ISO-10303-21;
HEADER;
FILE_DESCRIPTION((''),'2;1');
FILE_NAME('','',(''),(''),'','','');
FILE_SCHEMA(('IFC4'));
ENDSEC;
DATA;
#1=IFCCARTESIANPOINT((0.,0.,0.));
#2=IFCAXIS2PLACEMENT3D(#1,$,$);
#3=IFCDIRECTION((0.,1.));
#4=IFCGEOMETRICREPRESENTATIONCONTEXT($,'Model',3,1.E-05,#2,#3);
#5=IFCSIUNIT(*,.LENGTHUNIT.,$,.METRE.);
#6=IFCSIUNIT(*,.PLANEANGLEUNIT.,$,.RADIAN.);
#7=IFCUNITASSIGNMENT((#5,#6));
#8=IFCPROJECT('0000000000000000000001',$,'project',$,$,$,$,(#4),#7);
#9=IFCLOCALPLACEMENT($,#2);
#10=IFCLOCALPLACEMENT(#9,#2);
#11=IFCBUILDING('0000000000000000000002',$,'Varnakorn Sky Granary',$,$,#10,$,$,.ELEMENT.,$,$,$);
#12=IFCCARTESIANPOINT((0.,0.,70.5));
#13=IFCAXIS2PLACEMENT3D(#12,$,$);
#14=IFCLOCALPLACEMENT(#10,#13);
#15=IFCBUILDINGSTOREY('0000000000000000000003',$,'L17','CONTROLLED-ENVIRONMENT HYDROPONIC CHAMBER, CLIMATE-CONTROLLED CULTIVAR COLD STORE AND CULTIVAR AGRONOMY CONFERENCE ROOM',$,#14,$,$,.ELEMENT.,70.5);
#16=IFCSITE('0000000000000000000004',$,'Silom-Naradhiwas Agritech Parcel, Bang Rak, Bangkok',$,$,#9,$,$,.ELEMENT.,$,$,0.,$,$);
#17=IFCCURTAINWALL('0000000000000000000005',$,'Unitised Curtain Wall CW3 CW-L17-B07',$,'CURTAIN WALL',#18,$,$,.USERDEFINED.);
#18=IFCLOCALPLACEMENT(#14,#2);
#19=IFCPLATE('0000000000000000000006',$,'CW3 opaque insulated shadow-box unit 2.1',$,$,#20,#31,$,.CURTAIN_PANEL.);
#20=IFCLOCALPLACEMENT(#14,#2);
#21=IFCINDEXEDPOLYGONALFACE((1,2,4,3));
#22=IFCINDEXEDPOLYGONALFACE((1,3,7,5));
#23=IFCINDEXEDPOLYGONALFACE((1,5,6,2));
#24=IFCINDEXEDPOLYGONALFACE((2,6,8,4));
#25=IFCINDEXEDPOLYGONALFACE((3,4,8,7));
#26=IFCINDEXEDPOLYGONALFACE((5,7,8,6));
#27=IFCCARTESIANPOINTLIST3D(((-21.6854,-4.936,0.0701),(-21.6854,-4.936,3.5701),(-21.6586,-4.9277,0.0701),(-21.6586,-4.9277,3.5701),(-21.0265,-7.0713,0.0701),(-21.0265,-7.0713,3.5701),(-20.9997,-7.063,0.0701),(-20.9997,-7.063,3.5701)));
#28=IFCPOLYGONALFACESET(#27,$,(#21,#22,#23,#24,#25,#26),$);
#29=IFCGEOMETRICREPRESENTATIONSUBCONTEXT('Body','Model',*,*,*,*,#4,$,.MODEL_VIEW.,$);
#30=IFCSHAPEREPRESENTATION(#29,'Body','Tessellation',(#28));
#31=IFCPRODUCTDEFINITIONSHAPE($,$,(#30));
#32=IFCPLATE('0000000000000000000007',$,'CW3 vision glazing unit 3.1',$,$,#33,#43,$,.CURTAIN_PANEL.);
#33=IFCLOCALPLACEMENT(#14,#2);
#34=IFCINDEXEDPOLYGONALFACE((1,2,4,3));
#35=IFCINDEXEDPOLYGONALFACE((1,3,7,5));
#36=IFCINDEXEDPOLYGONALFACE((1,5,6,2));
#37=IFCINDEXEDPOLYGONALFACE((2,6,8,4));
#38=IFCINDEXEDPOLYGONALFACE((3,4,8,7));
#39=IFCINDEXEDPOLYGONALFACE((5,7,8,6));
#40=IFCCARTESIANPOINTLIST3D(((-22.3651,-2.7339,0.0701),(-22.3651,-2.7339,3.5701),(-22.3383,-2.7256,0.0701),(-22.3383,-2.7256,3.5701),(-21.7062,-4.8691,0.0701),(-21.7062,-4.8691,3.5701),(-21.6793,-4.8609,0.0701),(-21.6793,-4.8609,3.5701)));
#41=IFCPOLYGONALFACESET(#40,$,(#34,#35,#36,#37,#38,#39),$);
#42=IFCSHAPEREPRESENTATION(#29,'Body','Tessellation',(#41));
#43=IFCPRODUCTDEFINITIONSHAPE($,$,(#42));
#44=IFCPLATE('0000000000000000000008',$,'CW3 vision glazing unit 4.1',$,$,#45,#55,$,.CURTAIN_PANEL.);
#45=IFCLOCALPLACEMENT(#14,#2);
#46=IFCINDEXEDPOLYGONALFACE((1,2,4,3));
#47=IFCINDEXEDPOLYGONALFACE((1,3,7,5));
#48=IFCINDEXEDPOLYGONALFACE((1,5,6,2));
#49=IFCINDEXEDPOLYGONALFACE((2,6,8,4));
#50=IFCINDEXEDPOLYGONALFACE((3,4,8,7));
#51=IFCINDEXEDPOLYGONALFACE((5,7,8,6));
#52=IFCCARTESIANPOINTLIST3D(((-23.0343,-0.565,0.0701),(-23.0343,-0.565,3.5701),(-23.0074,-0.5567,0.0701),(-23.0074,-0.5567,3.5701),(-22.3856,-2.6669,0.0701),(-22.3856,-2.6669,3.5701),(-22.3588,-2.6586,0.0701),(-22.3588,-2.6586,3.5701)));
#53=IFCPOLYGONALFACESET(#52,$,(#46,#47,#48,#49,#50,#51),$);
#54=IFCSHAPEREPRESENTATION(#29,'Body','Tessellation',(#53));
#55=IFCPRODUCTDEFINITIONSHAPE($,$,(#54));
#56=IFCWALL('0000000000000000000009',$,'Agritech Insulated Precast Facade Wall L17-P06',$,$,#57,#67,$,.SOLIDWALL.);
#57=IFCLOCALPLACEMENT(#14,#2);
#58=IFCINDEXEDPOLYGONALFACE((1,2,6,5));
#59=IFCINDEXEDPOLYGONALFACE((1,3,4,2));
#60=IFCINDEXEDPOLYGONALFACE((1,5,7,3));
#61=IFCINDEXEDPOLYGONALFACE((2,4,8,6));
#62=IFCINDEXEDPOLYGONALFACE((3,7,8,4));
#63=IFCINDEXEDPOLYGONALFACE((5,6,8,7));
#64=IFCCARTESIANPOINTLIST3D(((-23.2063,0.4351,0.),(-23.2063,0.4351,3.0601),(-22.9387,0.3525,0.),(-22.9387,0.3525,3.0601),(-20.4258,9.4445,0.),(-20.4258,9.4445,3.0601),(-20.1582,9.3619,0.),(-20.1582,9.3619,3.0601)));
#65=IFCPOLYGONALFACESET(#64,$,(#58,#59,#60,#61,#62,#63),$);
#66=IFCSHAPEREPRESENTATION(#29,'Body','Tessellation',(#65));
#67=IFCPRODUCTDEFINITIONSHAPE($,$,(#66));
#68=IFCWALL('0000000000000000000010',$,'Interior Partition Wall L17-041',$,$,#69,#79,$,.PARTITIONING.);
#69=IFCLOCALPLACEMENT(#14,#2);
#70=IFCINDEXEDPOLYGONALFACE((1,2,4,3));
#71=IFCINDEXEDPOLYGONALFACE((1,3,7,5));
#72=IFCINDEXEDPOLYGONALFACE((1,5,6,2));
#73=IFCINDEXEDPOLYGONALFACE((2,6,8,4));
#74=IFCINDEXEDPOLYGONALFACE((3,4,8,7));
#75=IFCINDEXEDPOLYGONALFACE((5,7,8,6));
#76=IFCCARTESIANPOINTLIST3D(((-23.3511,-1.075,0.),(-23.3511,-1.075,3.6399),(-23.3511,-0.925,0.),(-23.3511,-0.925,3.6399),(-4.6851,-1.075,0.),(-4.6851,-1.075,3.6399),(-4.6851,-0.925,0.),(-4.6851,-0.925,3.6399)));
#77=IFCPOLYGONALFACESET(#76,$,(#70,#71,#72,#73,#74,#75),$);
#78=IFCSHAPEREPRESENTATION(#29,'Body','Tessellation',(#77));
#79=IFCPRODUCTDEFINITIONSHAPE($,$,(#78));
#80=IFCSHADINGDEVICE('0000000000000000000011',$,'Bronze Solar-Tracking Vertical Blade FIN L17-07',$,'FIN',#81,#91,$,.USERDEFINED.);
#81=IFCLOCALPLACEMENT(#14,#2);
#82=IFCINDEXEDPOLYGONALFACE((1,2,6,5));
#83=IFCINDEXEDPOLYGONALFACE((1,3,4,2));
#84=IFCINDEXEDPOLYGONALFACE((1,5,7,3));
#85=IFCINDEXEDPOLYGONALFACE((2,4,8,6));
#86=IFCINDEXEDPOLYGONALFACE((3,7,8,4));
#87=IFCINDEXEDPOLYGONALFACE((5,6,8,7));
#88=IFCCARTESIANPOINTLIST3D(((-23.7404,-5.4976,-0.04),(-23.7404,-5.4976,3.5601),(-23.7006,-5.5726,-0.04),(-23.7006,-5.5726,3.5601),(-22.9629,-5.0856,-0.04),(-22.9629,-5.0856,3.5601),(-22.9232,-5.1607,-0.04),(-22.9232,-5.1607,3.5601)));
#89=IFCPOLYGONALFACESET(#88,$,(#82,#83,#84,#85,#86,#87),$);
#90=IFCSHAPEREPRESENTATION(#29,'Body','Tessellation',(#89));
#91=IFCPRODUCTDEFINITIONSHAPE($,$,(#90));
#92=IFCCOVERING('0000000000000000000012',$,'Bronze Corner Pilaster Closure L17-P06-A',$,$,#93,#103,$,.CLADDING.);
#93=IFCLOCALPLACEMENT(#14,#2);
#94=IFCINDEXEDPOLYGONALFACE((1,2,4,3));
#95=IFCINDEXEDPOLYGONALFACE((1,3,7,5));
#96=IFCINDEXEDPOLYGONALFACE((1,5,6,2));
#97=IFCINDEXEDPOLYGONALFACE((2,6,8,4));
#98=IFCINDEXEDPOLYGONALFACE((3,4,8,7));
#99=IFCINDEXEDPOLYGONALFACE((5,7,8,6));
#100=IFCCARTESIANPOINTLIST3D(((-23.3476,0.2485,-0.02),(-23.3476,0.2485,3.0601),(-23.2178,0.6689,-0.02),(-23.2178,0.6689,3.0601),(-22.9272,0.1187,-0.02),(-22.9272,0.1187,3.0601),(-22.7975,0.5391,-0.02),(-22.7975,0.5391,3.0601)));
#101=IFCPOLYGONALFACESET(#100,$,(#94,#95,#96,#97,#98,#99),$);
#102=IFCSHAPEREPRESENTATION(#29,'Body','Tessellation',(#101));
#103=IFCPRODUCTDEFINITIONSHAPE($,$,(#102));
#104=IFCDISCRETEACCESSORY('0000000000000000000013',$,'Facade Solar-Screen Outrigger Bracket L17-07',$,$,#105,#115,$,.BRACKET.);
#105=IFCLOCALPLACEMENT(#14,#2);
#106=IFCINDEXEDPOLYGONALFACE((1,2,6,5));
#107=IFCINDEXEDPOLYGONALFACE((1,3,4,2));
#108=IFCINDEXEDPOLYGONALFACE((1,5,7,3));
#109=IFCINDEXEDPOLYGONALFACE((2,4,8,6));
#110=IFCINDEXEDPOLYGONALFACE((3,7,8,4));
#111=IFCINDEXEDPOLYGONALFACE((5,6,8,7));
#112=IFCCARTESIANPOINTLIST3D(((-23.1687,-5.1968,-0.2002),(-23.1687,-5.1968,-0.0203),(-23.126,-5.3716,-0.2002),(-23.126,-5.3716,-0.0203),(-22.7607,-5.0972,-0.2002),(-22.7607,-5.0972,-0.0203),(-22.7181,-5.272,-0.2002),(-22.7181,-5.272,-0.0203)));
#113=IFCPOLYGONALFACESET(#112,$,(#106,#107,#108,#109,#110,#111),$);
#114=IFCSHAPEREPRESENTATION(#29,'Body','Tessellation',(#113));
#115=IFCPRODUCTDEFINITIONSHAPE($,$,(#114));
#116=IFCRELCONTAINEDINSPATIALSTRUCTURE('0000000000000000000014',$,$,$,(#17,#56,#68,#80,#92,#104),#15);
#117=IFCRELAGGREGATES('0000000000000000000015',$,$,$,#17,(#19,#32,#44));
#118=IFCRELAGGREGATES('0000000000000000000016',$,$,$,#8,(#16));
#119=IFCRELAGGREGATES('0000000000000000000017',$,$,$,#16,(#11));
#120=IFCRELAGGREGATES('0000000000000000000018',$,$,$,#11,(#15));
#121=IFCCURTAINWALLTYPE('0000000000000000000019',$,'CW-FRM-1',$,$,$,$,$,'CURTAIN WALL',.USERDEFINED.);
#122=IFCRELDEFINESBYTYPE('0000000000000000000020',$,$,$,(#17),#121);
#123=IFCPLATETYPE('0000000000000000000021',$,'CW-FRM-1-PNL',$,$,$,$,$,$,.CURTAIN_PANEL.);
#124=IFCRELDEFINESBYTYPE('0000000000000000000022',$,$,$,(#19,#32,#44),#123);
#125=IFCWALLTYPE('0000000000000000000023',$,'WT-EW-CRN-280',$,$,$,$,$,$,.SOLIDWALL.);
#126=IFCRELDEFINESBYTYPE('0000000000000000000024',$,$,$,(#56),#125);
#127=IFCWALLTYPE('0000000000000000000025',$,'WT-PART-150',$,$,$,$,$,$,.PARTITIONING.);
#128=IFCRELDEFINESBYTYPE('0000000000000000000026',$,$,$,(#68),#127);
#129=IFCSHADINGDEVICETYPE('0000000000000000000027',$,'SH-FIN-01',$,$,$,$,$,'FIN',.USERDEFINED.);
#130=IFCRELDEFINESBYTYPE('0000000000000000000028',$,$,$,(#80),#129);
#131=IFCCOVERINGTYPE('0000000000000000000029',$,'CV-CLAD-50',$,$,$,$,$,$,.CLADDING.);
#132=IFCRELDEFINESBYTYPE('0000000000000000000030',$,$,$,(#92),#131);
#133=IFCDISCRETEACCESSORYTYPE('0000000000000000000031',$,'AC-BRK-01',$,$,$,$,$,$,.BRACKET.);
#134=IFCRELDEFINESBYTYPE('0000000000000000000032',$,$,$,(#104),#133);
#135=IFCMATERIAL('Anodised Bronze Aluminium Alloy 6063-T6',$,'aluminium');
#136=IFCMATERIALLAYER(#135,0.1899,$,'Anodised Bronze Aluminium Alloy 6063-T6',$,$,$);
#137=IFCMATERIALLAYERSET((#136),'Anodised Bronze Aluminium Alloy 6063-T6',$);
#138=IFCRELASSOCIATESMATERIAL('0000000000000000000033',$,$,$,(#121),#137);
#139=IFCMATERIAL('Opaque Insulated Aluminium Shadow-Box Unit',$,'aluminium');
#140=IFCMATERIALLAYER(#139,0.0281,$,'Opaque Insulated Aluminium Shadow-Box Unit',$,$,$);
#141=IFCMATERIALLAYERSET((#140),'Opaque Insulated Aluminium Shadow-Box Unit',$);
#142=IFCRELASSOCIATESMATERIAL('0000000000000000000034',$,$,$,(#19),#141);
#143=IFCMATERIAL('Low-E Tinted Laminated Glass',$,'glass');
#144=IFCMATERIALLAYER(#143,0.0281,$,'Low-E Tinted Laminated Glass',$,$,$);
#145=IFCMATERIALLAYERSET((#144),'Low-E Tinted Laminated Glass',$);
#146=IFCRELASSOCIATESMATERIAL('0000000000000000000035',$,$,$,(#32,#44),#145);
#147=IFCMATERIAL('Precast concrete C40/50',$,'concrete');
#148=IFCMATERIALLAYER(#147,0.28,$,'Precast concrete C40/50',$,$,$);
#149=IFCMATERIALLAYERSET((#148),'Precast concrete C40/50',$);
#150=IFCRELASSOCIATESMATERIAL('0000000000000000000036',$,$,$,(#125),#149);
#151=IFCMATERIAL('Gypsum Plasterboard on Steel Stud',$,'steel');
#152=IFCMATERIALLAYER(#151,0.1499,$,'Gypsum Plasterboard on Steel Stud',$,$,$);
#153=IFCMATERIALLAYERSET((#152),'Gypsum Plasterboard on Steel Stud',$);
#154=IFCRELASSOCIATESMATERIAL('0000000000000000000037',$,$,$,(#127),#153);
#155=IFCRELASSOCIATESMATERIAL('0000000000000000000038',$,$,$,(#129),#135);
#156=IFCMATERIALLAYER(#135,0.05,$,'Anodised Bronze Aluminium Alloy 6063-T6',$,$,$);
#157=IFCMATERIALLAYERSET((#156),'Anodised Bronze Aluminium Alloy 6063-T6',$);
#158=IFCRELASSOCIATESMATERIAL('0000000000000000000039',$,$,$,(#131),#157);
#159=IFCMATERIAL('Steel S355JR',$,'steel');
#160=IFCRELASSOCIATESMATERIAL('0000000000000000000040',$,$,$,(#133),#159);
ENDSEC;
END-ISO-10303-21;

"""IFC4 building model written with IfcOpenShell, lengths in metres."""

from ifc_helpers import new_model, si_unit, direction, frame, frame_2d, origin, origin_2d, place, context, subcontext, project, spatial, rectangle, extrude, source, transform, mapped, material, layer, layer_set, type_object, type_shapes, element, aggregate, save


model = new_model("IFC4")

# Units and contexts
model_context = context("Model", 3, precision=1e-05, world=origin(), true_north=direction((0.0, 1.0)))
body_context = subcontext(model_context, "Body", "Model", "MODEL_VIEW")
ifc_project = project(units=[si_unit("LENGTHUNIT", "METRE"), si_unit("PLANEANGLEUNIT", "RADIAN")], contexts=[model_context])

# Site, building, storey
site_placement = place(None, origin())
site = spatial("IfcSite", under=ifc_project, at=site_placement, Name="Silom-Naradhiwas Agritech Parcel, Bang Rak, Bangkok", CompositionType="ELEMENT", RefElevation=0.0)
building_placement = place(site_placement, origin())
building = spatial("IfcBuilding", under=site, at=building_placement, Name="Varnakorn Sky Granary", CompositionType="ELEMENT")
storey_placement = place(building_placement, frame((0.0, 0.0, 70.5)))
storey = spatial("IfcBuildingStorey", under=building, at=storey_placement, Name="L17", Description="CONTROLLED-ENVIRONMENT HYDROPONIC CHAMBER, CLIMATE-CONTROLLED CULTIVAR COLD STORE AND CULTIVAR AGRONOMY CONFERENCE ROOM", CompositionType="ELEMENT", Elevation=70.5)

# Shared definitions
ifc_material_1 = material(Name="Steel S355JR", Category="steel")

# Curtain wall
ifc_material_2 = material(Name="Anodised Bronze Aluminium Alloy 6063-T6", Category="aluminium")
ifc_layer_1 = layer(ifc_material_2, 0.1899, Name="Anodised Bronze Aluminium Alloy 6063-T6")
ifc_layer_set_1 = layer_set([ifc_layer_1], Name="Anodised Bronze Aluminium Alloy 6063-T6")
curtain_wall_type = type_object("IfcCurtainWallType", Name="CW-FRM-1", ElementType="CURTAIN WALL", PredefinedType="USERDEFINED", material=ifc_layer_set_1)
curtain_wall_placement = place(storey_placement, origin())
curtain_wall = element("IfcCurtainWall", 1, at=curtain_wall_placement, inside=storey, type_object=curtain_wall_type, Name="Unitised Curtain Wall CW3 CW-L17-B07", ObjectType="CURTAIN WALL", PredefinedType="USERDEFINED")

# Plates
ifc_material_3 = material(Name="Opaque Insulated Aluminium Shadow-Box Unit", Category="aluminium")
ifc_layer_2 = layer(ifc_material_3, 0.0281, Name="Opaque Insulated Aluminium Shadow-Box Unit")
ifc_layer_set_2 = layer_set([ifc_layer_2], Name="Opaque Insulated Aluminium Shadow-Box Unit")
plate_type = type_object("IfcPlateType", Name="CW-FRM-1-PNL", PredefinedType="CURTAIN_PANEL")
shared_shape_1 = source(origin(), body_context, "Body", "SweptSolid", [
    extrude(rectangle(XDim=2.2346, YDim=0.0281, at=origin_2d()), origin(), (0.0, 0.0, 1.0), 3.5),
])
plate_1_placement = place(storey_placement, frame((-21.3425, -5.9995, 0.0701), z_axis=(0.0, 0.0, 1.0), x_axis=(-0.294872, 0.955537, 0.0)))
plate_1 = element("IfcPlate", 2, at=plate_1_placement, type_object=plate_type, material=ifc_layer_set_2, Name="CW3 opaque insulated shadow-box unit 2.1", PredefinedType="CURTAIN_PANEL", context=body_context, shape_type="MappedRepresentation", body=[
    mapped(shared_shape_1, transform((0.0, 0.0, 0.0), x_axis=(1.0, 0.0, 0.0), y_axis=(0.0, 1.0, 0.0), z_axis=(0.0, 0.0, 1.0), scale=1.0)),
])
ifc_material_4 = material(Name="Low-E Tinted Laminated Glass", Category="glass")
ifc_layer_3 = layer(ifc_material_4, 0.0281, Name="Low-E Tinted Laminated Glass")
ifc_layer_set_3 = layer_set([ifc_layer_3], Name="Low-E Tinted Laminated Glass")
plate_2_placement = place(storey_placement, frame((-22.0222, -3.7974, 0.0701), z_axis=(0.0, 0.0, 1.0), x_axis=(-0.294872, 0.955537, 0.0)))
plate_2 = element("IfcPlate", 3, at=plate_2_placement, type_object=plate_type, material=ifc_layer_set_3, Name="CW3 vision glazing unit 3.1", PredefinedType="CURTAIN_PANEL", context=body_context, shape_type="MappedRepresentation", body=[
    mapped(shared_shape_1, transform((0.0, 0.0, 0.0), x_axis=(1.0, 0.0, 0.0), y_axis=(0.0, 1.0, 0.0), z_axis=(0.0, 0.0, 1.0), scale=1.0)),
])
shared_shape_2 = source(origin(), body_context, "Body", "SweptSolid", [
    extrude(rectangle(XDim=2.1997, YDim=0.0281, at=origin_2d()), origin(), (0.0, 0.0, 1.0), 3.5),
])
type_shapes(plate_type, [shared_shape_1, shared_shape_2])
plate_3_placement = place(storey_placement, frame((-22.6965, -1.6118, 0.0701), z_axis=(0.0, 0.0, 1.0), x_axis=(-0.294872, 0.955537, 0.0)))
plate_3 = element("IfcPlate", 4, at=plate_3_placement, type_object=plate_type, material=ifc_layer_set_3, Name="CW3 vision glazing unit 4.1", PredefinedType="CURTAIN_PANEL", context=body_context, shape_type="MappedRepresentation", body=[
    mapped(shared_shape_2, transform((0.0, 0.0, 0.0), x_axis=(1.0, 0.0, 0.0), y_axis=(0.0, 1.0, 0.0), z_axis=(0.0, 0.0, 1.0), scale=1.0)),
])
aggregate(curtain_wall, [plate_1, plate_2, plate_3])

# Walls
ifc_material_5 = material(Name="Precast concrete C40/50", Category="concrete")
ifc_layer_4 = layer(ifc_material_5, 0.28, Name="Precast concrete C40/50")
ifc_layer_set_4 = layer_set([ifc_layer_4], Name="Precast concrete C40/50")
wall_type_1 = type_object("IfcWallType", Name="WT-EW-CRN-280", PredefinedType="SOLIDWALL", material=ifc_layer_set_4)
wall_1_placement = place(storey_placement, frame((-23.0725, 0.3938, 0.0), z_axis=(0.0, 0.0, 1.0), x_axis=(0.294895, 0.95553, 0.0)))
element("IfcWall", 5, at=wall_1_placement, inside=storey, type_object=wall_type_1, Name="Agritech Insulated Precast Facade Wall L17-P06", PredefinedType="SOLIDWALL", context=body_context, shape_type="SweptSolid", body=[
    extrude(rectangle(XDim=9.4287, YDim=0.28, at=frame_2d((4.7144, 0.0))), origin(), (0.0, 0.0, 1.0), 3.0601),
])
ifc_material_6 = material(Name="Gypsum Plasterboard on Steel Stud", Category="steel")
ifc_layer_5 = layer(ifc_material_6, 0.1499, Name="Gypsum Plasterboard on Steel Stud")
ifc_layer_set_5 = layer_set([ifc_layer_5], Name="Gypsum Plasterboard on Steel Stud")
wall_type_2 = type_object("IfcWallType", Name="WT-PART-150", PredefinedType="PARTITIONING", material=ifc_layer_set_5)
wall_2_placement = place(storey_placement, frame((-23.3511, -1.0, 0.0), z_axis=(0.0, 0.0, 1.0), x_axis=(1.0, 0.0, 0.0)))
element("IfcWall", 6, at=wall_2_placement, inside=storey, type_object=wall_type_2, Name="Interior Partition Wall L17-041", PredefinedType="PARTITIONING", context=body_context, shape_type="SweptSolid", body=[
    extrude(rectangle(XDim=18.666, YDim=0.1499, at=frame_2d((9.333, 0.0))), origin(), (0.0, 0.0, 1.0), 3.6399),
])

# Shading device
shading_device_type = type_object("IfcShadingDeviceType", Name="SH-FIN-01", ElementType="FIN", PredefinedType="USERDEFINED", material=ifc_material_2)
shared_shape_3 = source(origin(), body_context, "Body", "SweptSolid", [
    extrude(rectangle(XDim=0.085, YDim=0.8799, at=origin_2d()), origin(), (0.0, 0.0, 1.0), 3.6001),
])
type_shapes(shading_device_type, [shared_shape_3])
shading_device_placement = place(storey_placement, frame((-23.3318, -5.3291, -0.04), z_axis=(0.0, 0.0, 1.0), x_axis=(0.468211, -0.883617, 0.0)))
element("IfcShadingDevice", 7, at=shading_device_placement, inside=storey, type_object=shading_device_type, Name="Bronze Solar-Tracking Vertical Blade FIN L17-07", ObjectType="FIN", PredefinedType="USERDEFINED", context=body_context, shape_type="MappedRepresentation", body=[
    mapped(shared_shape_3, transform((0.0, 0.0, 0.0), x_axis=(1.0, 0.0, 0.0), y_axis=(0.0, 1.0, 0.0), z_axis=(0.0, 0.0, 1.0), scale=1.0)),
])

# Covering
ifc_layer_6 = layer(ifc_material_2, 0.05, Name="Anodised Bronze Aluminium Alloy 6063-T6")
ifc_layer_set_6 = layer_set([ifc_layer_6], Name="Anodised Bronze Aluminium Alloy 6063-T6")
covering_type = type_object("IfcCoveringType", Name="CV-CLAD-50", PredefinedType="CLADDING", material=ifc_layer_set_6)
shared_shape_4 = source(origin(), body_context, "Body", "SweptSolid", [
    extrude(rectangle(XDim=0.4399, YDim=0.4399, at=origin_2d()), origin(), (0.0, 0.0, 1.0), 3.0801),
])
type_shapes(covering_type, [shared_shape_4])
covering_placement = place(storey_placement, frame((-23.0725, 0.3938, -0.02), z_axis=(0.0, 0.0, 1.0), x_axis=(0.294874, 0.955536, 0.0)))
element("IfcCovering", 8, at=covering_placement, inside=storey, type_object=covering_type, Name="Bronze Corner Pilaster Closure L17-P06-A", PredefinedType="CLADDING", context=body_context, shape_type="MappedRepresentation", body=[
    mapped(shared_shape_4, transform((0.0, 0.0, 0.0), x_axis=(1.0, 0.0, 0.0), y_axis=(0.0, 1.0, 0.0), z_axis=(0.0, 0.0, 1.0), scale=1.0)),
])

# Discrete accessory
discrete_accessory_type = type_object("IfcDiscreteAccessoryType", Name="AC-BRK-01", PredefinedType="BRACKET", material=ifc_material_1)
shared_shape_5 = source(origin(), body_context, "Body", "SweptSolid", [
    extrude(rectangle(XDim=0.1799, YDim=0.4199, at=origin_2d()), origin(), (0.0, 0.0, 1.0), 0.1799),
])
type_shapes(discrete_accessory_type, [shared_shape_5])
discrete_accessory_placement = place(storey_placement, frame((-22.9434, -5.2344, -0.2002), z_axis=(0.0, 0.0, 1.0), x_axis=(0.23714, -0.971476, 0.0)))
element("IfcDiscreteAccessory", 9, at=discrete_accessory_placement, inside=storey, type_object=discrete_accessory_type, Name="Facade Solar-Screen Outrigger Bracket L17-07", PredefinedType="BRACKET", context=body_context, shape_type="MappedRepresentation", body=[
    mapped(shared_shape_5, transform((0.0, 0.0, 0.0), x_axis=(1.0, 0.0, 0.0), y_axis=(0.0, 1.0, 0.0), z_axis=(0.0, 0.0, 1.0), scale=1.0)),
])

save(model, "model.ifc")
